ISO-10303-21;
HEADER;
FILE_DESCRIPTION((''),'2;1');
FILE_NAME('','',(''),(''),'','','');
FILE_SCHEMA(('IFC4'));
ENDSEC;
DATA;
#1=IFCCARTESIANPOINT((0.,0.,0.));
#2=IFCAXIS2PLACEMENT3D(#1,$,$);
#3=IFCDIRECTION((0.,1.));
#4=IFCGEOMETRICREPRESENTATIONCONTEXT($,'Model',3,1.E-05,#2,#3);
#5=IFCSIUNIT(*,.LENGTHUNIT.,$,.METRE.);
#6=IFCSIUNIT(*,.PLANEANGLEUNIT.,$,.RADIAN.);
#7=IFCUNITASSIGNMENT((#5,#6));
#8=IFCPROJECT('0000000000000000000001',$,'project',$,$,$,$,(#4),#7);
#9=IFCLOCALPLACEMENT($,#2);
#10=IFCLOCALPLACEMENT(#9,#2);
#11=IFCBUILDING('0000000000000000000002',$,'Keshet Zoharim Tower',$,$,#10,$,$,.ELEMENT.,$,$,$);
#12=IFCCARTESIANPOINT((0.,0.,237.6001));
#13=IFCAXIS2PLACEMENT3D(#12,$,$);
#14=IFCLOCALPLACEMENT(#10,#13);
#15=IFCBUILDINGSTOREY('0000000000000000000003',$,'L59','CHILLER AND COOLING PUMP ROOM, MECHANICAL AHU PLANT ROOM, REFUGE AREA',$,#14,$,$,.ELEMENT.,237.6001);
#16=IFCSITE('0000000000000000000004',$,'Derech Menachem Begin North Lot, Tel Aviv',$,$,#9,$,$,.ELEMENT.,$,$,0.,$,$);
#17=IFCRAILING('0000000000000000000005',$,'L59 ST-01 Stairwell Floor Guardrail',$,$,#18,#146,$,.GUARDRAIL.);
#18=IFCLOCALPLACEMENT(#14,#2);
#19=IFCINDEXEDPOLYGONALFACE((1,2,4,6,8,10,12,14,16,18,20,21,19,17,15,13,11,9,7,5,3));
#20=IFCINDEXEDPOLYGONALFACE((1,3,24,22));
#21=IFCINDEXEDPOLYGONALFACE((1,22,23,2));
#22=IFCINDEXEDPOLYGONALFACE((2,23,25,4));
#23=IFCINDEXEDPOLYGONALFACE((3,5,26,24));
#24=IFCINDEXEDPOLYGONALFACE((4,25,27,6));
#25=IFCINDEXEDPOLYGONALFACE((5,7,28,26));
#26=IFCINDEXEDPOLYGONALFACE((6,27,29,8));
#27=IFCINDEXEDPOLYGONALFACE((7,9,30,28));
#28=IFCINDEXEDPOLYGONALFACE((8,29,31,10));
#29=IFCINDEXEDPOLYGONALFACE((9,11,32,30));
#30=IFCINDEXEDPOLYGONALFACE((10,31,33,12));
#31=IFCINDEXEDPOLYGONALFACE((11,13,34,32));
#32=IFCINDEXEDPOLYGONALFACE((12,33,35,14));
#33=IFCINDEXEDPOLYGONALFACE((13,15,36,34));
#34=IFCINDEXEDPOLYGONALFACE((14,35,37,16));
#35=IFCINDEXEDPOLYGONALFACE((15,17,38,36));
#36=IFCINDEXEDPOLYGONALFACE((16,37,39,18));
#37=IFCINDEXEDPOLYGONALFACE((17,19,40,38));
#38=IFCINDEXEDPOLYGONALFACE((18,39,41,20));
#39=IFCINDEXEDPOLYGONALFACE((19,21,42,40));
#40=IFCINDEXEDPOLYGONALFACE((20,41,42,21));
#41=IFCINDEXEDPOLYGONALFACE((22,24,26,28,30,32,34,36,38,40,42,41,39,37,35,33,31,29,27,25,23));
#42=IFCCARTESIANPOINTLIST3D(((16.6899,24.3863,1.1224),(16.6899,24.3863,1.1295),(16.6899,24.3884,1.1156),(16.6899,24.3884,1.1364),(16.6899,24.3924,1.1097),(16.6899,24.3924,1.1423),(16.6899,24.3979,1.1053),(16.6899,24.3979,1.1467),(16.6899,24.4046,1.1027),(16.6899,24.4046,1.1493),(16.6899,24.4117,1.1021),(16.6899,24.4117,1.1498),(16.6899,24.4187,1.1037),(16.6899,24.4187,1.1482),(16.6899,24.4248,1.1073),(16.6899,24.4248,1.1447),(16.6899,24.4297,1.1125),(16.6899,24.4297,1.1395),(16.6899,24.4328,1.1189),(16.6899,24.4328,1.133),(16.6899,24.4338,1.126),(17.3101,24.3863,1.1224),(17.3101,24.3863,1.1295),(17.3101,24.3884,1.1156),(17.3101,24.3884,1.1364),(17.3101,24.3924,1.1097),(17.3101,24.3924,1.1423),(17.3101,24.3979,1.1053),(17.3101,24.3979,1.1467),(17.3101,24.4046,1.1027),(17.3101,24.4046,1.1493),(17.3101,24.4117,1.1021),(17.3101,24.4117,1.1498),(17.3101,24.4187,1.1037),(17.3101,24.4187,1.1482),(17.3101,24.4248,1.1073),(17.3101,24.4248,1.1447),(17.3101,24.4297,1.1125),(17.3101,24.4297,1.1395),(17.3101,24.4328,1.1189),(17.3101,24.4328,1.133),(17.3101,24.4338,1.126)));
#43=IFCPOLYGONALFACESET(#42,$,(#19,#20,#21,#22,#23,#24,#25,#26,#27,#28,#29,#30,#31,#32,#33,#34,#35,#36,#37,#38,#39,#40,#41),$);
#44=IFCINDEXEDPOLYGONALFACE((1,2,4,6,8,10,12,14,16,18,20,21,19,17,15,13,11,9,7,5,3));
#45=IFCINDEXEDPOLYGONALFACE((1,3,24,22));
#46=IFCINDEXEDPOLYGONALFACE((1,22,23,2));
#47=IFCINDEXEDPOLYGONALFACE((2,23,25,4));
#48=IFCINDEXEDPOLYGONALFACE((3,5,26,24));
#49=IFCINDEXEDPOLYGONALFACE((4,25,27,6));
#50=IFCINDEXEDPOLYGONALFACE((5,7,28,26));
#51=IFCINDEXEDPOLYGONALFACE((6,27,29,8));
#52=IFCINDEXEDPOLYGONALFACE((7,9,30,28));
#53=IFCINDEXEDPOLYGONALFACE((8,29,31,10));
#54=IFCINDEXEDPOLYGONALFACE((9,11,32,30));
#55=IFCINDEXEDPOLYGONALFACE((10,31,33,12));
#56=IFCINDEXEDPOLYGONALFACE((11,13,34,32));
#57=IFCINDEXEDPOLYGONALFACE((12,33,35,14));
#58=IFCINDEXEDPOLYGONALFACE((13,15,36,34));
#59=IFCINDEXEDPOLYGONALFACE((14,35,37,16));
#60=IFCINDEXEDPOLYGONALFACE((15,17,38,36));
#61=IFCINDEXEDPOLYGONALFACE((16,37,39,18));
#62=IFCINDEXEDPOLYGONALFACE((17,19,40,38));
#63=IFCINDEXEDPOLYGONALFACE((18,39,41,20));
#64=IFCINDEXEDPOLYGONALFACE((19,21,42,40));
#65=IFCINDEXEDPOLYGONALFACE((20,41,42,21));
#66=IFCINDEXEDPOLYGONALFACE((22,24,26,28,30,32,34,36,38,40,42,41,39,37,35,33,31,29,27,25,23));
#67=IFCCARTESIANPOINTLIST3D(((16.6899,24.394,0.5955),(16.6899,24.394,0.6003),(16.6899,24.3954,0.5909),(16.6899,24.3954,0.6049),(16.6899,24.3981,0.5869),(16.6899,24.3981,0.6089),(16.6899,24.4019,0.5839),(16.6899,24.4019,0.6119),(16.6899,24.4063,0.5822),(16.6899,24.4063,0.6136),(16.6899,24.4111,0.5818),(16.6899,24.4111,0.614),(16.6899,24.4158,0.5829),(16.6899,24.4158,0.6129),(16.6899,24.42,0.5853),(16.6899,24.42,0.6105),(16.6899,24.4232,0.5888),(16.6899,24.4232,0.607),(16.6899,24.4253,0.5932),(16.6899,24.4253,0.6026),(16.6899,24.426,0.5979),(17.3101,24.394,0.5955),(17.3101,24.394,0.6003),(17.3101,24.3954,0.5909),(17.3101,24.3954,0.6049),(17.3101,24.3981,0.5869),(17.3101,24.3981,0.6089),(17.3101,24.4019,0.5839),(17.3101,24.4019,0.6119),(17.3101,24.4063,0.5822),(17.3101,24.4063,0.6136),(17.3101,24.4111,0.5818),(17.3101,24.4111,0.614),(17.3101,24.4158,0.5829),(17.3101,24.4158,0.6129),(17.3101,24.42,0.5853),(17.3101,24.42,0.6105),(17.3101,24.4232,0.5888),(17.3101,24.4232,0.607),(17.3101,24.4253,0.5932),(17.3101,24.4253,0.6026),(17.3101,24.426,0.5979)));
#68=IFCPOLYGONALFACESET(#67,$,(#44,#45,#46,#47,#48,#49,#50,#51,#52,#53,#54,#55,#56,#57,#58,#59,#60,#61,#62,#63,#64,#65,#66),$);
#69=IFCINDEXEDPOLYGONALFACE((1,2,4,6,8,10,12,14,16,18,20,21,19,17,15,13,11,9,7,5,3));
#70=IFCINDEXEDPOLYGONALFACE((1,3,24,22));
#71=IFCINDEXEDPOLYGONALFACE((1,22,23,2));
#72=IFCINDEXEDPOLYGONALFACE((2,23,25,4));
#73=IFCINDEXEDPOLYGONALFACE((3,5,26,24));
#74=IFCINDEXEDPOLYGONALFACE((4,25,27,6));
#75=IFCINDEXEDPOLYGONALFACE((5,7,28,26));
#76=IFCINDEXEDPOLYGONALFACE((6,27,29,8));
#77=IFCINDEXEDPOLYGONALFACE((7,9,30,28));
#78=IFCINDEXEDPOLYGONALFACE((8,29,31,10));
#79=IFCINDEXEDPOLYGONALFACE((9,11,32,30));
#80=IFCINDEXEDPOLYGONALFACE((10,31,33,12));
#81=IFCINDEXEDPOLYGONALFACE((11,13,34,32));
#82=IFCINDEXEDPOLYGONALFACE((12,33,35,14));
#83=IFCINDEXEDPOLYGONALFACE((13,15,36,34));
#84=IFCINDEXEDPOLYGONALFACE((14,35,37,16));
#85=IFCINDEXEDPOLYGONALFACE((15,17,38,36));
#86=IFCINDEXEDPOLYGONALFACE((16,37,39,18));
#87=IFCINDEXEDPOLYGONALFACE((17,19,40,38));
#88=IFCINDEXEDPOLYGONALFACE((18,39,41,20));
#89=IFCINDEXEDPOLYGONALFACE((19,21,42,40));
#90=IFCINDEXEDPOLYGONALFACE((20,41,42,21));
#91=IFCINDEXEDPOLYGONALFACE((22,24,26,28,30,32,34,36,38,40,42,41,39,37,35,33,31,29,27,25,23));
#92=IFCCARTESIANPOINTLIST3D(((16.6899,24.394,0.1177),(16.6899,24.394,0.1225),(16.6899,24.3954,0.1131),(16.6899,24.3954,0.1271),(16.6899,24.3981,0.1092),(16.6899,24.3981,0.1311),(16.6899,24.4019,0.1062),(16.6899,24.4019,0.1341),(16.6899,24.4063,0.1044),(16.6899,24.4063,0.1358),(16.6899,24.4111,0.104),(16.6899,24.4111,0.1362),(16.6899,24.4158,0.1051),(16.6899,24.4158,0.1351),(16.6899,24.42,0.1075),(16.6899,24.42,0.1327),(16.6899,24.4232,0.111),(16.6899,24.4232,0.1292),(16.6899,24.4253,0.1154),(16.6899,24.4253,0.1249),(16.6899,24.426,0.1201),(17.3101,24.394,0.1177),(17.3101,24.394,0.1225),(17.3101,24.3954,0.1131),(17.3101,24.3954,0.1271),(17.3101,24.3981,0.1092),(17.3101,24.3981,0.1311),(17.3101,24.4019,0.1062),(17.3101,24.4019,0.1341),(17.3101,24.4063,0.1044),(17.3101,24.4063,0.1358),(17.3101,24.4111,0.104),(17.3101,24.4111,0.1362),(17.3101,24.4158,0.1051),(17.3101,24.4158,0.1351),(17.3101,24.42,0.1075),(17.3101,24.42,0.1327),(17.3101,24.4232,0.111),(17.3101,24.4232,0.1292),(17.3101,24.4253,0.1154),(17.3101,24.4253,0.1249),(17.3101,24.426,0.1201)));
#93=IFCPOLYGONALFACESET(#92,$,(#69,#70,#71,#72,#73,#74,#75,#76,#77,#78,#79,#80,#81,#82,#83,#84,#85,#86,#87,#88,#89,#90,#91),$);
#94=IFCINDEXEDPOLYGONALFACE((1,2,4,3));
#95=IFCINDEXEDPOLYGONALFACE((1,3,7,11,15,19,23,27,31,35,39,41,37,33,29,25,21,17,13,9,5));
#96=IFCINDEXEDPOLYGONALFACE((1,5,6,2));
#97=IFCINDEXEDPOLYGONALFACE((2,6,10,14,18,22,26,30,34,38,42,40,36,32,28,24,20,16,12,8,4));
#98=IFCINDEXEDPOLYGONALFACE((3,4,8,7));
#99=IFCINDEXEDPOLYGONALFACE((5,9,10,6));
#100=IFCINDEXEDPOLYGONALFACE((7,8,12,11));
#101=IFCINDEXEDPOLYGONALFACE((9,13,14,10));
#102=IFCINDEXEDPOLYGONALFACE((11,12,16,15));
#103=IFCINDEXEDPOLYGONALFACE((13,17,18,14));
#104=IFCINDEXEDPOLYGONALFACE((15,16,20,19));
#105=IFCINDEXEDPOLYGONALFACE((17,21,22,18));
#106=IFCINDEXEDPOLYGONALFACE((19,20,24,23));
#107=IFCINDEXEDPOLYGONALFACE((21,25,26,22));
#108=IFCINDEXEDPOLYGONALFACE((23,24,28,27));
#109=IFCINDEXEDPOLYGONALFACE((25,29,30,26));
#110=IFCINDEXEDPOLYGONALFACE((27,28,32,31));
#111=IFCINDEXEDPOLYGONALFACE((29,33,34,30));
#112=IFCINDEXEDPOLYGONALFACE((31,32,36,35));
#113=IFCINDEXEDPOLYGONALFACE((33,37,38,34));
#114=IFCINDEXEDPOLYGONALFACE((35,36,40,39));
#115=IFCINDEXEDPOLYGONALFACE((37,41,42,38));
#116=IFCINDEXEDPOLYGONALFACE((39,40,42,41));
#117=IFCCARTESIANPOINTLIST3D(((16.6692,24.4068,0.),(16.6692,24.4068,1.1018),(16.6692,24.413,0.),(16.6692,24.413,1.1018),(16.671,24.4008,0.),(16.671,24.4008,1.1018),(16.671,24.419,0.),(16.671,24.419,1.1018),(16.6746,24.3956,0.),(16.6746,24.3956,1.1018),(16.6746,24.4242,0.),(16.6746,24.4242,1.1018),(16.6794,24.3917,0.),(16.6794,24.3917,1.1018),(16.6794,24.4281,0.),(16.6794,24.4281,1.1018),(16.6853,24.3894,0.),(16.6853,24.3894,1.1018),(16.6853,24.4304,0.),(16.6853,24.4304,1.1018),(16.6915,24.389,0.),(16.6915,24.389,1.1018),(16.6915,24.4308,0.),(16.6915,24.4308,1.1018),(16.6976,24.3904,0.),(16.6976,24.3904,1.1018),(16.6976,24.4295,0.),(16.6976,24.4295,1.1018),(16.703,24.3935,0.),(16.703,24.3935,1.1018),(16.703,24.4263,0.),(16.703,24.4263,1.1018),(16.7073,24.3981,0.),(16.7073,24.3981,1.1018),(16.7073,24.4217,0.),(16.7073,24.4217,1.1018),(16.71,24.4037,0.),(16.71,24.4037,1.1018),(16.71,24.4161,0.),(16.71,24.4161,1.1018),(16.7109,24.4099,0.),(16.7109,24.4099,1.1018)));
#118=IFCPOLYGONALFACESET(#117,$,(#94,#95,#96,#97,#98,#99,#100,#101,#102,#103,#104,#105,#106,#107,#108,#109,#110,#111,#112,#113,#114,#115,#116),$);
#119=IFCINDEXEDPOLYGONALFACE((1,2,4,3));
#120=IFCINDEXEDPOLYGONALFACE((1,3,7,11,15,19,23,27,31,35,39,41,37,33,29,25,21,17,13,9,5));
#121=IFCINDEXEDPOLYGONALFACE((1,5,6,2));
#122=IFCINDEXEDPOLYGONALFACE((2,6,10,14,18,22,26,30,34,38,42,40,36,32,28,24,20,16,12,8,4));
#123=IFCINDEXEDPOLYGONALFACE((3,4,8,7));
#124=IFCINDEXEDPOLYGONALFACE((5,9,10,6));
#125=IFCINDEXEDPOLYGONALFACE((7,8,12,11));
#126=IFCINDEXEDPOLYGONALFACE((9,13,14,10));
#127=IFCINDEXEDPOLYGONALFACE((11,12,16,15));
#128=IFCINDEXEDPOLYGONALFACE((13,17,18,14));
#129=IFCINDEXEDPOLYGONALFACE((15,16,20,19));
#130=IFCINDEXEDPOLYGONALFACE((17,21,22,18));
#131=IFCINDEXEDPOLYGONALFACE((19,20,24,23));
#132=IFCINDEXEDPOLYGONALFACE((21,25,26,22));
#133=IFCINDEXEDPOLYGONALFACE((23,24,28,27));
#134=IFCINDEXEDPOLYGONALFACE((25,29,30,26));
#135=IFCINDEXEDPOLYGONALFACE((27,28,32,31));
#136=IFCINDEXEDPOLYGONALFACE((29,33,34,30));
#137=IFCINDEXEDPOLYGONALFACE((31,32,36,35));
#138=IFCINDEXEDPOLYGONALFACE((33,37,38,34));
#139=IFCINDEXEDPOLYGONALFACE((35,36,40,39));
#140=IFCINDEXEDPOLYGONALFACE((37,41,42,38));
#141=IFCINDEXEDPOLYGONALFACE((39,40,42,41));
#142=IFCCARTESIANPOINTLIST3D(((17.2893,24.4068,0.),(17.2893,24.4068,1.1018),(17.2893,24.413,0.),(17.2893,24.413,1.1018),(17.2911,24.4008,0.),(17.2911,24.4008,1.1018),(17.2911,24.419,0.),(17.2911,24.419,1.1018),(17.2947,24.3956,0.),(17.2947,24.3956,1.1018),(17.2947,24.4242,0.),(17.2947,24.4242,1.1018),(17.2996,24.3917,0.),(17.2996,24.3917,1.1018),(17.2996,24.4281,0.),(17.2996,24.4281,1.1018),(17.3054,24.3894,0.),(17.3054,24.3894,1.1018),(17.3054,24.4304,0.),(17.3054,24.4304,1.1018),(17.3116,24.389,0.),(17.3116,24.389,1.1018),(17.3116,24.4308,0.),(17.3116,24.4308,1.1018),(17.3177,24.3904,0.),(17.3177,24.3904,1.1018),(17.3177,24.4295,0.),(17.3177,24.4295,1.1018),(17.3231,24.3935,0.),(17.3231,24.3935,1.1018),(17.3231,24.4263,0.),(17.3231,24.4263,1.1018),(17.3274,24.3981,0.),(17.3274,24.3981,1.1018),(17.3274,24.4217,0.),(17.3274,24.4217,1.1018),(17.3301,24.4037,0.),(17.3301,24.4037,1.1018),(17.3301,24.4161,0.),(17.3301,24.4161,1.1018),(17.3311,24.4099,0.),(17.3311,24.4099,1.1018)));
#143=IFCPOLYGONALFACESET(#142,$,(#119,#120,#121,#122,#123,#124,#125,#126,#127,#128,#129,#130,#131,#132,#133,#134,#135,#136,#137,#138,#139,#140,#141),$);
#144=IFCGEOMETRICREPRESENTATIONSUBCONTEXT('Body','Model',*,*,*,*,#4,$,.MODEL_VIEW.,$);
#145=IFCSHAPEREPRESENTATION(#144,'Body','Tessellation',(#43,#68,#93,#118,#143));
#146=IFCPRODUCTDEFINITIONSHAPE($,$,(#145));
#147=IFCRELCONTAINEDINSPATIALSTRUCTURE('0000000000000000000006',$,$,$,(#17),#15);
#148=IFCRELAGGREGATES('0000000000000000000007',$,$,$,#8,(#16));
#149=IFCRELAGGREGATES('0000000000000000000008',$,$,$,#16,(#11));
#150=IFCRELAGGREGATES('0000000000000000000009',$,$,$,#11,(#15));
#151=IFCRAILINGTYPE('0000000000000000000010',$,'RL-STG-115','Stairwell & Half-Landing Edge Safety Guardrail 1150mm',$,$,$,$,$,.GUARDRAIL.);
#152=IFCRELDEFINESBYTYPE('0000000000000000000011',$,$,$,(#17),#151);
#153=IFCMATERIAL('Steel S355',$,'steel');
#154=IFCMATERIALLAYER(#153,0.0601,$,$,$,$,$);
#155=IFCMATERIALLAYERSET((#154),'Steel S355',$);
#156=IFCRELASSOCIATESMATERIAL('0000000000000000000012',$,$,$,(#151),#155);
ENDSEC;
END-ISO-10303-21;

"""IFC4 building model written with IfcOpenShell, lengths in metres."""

from ifc_helpers import new_model, si_unit, direction, frame, origin, origin_2d, place, context, subcontext, project, spatial, circle, extrude, material, layer, layer_set, type_object, element, save


model = new_model("IFC4")

# Units and contexts
model_context = context("Model", 3, precision=1e-05, world=origin(), true_north=direction((0.0, 1.0)))
body_context = subcontext(model_context, "Body", "Model", "MODEL_VIEW")
ifc_project = project(units=[si_unit("LENGTHUNIT", "METRE"), si_unit("PLANEANGLEUNIT", "RADIAN")], contexts=[model_context])

# Site, building, storey
site_placement = place(None, origin())
site = spatial("IfcSite", under=ifc_project, at=site_placement, Name="Derech Menachem Begin North Lot, Tel Aviv", CompositionType="ELEMENT", RefElevation=0.0)
building_placement = place(site_placement, origin())
building = spatial("IfcBuilding", under=site, at=building_placement, Name="Keshet Zoharim Tower", CompositionType="ELEMENT")
storey_placement = place(building_placement, frame((0.0, 0.0, 237.6001)))
storey = spatial("IfcBuildingStorey", under=building, at=storey_placement, Name="L59", Description="CHILLER AND COOLING PUMP ROOM, MECHANICAL AHU PLANT ROOM, REFUGE AREA", CompositionType="ELEMENT", Elevation=237.6001)

# Shared definitions
ifc_material_1 = material(Name="Steel S355", Category="steel")

# Railing
ifc_layer_1 = layer(ifc_material_1, 0.0601)
ifc_layer_set_1 = layer_set([ifc_layer_1], Name="Steel S355")
railing_type_1 = type_object("IfcRailingType", Name="RL-STG-115", Description="Stairwell & Half-Landing Edge Safety Guardrail 1150mm", PredefinedType="GUARDRAIL", material=ifc_layer_set_1)
railing_1_placement = place(storey_placement, frame((16.6899, 24.4099, 0.0)))
element("IfcRailing", 1, at=railing_1_placement, inside=storey, type_object=railing_type_1, Name="L59 ST-01 Stairwell Floor Guardrail", PredefinedType="GUARDRAIL", context=body_context, shape_type="SweptSolid", body=[
    extrude(circle(Radius=0.0239, at=origin_2d()), frame((0.0, 0.0, 1.126), z_axis=(1.0, 0.0, 0.0), x_axis=(0.0, 1.0, 0.0)), (0.0, 0.0, 1.0), 0.6201),
    extrude(circle(Radius=0.0161, at=origin_2d()), frame((0.0, 0.0, 0.5979), z_axis=(1.0, 0.0, 0.0), x_axis=(0.0, 1.0, 0.0)), (0.0, 0.0, 1.0), 0.6201),
    extrude(circle(Radius=0.0161, at=origin_2d()), frame((0.0, 0.0, 0.1201), z_axis=(1.0, 0.0, 0.0), x_axis=(0.0, 1.0, 0.0)), (0.0, 0.0, 1.0), 0.6201),
    extrude(circle(Radius=0.021, at=origin_2d()), origin(), (0.0, 0.0, 1.0), 1.1018),
    extrude(circle(Radius=0.021, at=origin_2d()), frame((0.6201, 0.0, 0.0)), (0.0, 0.0, 1.0), 1.1018),
])

save(model, "model.ifc")
